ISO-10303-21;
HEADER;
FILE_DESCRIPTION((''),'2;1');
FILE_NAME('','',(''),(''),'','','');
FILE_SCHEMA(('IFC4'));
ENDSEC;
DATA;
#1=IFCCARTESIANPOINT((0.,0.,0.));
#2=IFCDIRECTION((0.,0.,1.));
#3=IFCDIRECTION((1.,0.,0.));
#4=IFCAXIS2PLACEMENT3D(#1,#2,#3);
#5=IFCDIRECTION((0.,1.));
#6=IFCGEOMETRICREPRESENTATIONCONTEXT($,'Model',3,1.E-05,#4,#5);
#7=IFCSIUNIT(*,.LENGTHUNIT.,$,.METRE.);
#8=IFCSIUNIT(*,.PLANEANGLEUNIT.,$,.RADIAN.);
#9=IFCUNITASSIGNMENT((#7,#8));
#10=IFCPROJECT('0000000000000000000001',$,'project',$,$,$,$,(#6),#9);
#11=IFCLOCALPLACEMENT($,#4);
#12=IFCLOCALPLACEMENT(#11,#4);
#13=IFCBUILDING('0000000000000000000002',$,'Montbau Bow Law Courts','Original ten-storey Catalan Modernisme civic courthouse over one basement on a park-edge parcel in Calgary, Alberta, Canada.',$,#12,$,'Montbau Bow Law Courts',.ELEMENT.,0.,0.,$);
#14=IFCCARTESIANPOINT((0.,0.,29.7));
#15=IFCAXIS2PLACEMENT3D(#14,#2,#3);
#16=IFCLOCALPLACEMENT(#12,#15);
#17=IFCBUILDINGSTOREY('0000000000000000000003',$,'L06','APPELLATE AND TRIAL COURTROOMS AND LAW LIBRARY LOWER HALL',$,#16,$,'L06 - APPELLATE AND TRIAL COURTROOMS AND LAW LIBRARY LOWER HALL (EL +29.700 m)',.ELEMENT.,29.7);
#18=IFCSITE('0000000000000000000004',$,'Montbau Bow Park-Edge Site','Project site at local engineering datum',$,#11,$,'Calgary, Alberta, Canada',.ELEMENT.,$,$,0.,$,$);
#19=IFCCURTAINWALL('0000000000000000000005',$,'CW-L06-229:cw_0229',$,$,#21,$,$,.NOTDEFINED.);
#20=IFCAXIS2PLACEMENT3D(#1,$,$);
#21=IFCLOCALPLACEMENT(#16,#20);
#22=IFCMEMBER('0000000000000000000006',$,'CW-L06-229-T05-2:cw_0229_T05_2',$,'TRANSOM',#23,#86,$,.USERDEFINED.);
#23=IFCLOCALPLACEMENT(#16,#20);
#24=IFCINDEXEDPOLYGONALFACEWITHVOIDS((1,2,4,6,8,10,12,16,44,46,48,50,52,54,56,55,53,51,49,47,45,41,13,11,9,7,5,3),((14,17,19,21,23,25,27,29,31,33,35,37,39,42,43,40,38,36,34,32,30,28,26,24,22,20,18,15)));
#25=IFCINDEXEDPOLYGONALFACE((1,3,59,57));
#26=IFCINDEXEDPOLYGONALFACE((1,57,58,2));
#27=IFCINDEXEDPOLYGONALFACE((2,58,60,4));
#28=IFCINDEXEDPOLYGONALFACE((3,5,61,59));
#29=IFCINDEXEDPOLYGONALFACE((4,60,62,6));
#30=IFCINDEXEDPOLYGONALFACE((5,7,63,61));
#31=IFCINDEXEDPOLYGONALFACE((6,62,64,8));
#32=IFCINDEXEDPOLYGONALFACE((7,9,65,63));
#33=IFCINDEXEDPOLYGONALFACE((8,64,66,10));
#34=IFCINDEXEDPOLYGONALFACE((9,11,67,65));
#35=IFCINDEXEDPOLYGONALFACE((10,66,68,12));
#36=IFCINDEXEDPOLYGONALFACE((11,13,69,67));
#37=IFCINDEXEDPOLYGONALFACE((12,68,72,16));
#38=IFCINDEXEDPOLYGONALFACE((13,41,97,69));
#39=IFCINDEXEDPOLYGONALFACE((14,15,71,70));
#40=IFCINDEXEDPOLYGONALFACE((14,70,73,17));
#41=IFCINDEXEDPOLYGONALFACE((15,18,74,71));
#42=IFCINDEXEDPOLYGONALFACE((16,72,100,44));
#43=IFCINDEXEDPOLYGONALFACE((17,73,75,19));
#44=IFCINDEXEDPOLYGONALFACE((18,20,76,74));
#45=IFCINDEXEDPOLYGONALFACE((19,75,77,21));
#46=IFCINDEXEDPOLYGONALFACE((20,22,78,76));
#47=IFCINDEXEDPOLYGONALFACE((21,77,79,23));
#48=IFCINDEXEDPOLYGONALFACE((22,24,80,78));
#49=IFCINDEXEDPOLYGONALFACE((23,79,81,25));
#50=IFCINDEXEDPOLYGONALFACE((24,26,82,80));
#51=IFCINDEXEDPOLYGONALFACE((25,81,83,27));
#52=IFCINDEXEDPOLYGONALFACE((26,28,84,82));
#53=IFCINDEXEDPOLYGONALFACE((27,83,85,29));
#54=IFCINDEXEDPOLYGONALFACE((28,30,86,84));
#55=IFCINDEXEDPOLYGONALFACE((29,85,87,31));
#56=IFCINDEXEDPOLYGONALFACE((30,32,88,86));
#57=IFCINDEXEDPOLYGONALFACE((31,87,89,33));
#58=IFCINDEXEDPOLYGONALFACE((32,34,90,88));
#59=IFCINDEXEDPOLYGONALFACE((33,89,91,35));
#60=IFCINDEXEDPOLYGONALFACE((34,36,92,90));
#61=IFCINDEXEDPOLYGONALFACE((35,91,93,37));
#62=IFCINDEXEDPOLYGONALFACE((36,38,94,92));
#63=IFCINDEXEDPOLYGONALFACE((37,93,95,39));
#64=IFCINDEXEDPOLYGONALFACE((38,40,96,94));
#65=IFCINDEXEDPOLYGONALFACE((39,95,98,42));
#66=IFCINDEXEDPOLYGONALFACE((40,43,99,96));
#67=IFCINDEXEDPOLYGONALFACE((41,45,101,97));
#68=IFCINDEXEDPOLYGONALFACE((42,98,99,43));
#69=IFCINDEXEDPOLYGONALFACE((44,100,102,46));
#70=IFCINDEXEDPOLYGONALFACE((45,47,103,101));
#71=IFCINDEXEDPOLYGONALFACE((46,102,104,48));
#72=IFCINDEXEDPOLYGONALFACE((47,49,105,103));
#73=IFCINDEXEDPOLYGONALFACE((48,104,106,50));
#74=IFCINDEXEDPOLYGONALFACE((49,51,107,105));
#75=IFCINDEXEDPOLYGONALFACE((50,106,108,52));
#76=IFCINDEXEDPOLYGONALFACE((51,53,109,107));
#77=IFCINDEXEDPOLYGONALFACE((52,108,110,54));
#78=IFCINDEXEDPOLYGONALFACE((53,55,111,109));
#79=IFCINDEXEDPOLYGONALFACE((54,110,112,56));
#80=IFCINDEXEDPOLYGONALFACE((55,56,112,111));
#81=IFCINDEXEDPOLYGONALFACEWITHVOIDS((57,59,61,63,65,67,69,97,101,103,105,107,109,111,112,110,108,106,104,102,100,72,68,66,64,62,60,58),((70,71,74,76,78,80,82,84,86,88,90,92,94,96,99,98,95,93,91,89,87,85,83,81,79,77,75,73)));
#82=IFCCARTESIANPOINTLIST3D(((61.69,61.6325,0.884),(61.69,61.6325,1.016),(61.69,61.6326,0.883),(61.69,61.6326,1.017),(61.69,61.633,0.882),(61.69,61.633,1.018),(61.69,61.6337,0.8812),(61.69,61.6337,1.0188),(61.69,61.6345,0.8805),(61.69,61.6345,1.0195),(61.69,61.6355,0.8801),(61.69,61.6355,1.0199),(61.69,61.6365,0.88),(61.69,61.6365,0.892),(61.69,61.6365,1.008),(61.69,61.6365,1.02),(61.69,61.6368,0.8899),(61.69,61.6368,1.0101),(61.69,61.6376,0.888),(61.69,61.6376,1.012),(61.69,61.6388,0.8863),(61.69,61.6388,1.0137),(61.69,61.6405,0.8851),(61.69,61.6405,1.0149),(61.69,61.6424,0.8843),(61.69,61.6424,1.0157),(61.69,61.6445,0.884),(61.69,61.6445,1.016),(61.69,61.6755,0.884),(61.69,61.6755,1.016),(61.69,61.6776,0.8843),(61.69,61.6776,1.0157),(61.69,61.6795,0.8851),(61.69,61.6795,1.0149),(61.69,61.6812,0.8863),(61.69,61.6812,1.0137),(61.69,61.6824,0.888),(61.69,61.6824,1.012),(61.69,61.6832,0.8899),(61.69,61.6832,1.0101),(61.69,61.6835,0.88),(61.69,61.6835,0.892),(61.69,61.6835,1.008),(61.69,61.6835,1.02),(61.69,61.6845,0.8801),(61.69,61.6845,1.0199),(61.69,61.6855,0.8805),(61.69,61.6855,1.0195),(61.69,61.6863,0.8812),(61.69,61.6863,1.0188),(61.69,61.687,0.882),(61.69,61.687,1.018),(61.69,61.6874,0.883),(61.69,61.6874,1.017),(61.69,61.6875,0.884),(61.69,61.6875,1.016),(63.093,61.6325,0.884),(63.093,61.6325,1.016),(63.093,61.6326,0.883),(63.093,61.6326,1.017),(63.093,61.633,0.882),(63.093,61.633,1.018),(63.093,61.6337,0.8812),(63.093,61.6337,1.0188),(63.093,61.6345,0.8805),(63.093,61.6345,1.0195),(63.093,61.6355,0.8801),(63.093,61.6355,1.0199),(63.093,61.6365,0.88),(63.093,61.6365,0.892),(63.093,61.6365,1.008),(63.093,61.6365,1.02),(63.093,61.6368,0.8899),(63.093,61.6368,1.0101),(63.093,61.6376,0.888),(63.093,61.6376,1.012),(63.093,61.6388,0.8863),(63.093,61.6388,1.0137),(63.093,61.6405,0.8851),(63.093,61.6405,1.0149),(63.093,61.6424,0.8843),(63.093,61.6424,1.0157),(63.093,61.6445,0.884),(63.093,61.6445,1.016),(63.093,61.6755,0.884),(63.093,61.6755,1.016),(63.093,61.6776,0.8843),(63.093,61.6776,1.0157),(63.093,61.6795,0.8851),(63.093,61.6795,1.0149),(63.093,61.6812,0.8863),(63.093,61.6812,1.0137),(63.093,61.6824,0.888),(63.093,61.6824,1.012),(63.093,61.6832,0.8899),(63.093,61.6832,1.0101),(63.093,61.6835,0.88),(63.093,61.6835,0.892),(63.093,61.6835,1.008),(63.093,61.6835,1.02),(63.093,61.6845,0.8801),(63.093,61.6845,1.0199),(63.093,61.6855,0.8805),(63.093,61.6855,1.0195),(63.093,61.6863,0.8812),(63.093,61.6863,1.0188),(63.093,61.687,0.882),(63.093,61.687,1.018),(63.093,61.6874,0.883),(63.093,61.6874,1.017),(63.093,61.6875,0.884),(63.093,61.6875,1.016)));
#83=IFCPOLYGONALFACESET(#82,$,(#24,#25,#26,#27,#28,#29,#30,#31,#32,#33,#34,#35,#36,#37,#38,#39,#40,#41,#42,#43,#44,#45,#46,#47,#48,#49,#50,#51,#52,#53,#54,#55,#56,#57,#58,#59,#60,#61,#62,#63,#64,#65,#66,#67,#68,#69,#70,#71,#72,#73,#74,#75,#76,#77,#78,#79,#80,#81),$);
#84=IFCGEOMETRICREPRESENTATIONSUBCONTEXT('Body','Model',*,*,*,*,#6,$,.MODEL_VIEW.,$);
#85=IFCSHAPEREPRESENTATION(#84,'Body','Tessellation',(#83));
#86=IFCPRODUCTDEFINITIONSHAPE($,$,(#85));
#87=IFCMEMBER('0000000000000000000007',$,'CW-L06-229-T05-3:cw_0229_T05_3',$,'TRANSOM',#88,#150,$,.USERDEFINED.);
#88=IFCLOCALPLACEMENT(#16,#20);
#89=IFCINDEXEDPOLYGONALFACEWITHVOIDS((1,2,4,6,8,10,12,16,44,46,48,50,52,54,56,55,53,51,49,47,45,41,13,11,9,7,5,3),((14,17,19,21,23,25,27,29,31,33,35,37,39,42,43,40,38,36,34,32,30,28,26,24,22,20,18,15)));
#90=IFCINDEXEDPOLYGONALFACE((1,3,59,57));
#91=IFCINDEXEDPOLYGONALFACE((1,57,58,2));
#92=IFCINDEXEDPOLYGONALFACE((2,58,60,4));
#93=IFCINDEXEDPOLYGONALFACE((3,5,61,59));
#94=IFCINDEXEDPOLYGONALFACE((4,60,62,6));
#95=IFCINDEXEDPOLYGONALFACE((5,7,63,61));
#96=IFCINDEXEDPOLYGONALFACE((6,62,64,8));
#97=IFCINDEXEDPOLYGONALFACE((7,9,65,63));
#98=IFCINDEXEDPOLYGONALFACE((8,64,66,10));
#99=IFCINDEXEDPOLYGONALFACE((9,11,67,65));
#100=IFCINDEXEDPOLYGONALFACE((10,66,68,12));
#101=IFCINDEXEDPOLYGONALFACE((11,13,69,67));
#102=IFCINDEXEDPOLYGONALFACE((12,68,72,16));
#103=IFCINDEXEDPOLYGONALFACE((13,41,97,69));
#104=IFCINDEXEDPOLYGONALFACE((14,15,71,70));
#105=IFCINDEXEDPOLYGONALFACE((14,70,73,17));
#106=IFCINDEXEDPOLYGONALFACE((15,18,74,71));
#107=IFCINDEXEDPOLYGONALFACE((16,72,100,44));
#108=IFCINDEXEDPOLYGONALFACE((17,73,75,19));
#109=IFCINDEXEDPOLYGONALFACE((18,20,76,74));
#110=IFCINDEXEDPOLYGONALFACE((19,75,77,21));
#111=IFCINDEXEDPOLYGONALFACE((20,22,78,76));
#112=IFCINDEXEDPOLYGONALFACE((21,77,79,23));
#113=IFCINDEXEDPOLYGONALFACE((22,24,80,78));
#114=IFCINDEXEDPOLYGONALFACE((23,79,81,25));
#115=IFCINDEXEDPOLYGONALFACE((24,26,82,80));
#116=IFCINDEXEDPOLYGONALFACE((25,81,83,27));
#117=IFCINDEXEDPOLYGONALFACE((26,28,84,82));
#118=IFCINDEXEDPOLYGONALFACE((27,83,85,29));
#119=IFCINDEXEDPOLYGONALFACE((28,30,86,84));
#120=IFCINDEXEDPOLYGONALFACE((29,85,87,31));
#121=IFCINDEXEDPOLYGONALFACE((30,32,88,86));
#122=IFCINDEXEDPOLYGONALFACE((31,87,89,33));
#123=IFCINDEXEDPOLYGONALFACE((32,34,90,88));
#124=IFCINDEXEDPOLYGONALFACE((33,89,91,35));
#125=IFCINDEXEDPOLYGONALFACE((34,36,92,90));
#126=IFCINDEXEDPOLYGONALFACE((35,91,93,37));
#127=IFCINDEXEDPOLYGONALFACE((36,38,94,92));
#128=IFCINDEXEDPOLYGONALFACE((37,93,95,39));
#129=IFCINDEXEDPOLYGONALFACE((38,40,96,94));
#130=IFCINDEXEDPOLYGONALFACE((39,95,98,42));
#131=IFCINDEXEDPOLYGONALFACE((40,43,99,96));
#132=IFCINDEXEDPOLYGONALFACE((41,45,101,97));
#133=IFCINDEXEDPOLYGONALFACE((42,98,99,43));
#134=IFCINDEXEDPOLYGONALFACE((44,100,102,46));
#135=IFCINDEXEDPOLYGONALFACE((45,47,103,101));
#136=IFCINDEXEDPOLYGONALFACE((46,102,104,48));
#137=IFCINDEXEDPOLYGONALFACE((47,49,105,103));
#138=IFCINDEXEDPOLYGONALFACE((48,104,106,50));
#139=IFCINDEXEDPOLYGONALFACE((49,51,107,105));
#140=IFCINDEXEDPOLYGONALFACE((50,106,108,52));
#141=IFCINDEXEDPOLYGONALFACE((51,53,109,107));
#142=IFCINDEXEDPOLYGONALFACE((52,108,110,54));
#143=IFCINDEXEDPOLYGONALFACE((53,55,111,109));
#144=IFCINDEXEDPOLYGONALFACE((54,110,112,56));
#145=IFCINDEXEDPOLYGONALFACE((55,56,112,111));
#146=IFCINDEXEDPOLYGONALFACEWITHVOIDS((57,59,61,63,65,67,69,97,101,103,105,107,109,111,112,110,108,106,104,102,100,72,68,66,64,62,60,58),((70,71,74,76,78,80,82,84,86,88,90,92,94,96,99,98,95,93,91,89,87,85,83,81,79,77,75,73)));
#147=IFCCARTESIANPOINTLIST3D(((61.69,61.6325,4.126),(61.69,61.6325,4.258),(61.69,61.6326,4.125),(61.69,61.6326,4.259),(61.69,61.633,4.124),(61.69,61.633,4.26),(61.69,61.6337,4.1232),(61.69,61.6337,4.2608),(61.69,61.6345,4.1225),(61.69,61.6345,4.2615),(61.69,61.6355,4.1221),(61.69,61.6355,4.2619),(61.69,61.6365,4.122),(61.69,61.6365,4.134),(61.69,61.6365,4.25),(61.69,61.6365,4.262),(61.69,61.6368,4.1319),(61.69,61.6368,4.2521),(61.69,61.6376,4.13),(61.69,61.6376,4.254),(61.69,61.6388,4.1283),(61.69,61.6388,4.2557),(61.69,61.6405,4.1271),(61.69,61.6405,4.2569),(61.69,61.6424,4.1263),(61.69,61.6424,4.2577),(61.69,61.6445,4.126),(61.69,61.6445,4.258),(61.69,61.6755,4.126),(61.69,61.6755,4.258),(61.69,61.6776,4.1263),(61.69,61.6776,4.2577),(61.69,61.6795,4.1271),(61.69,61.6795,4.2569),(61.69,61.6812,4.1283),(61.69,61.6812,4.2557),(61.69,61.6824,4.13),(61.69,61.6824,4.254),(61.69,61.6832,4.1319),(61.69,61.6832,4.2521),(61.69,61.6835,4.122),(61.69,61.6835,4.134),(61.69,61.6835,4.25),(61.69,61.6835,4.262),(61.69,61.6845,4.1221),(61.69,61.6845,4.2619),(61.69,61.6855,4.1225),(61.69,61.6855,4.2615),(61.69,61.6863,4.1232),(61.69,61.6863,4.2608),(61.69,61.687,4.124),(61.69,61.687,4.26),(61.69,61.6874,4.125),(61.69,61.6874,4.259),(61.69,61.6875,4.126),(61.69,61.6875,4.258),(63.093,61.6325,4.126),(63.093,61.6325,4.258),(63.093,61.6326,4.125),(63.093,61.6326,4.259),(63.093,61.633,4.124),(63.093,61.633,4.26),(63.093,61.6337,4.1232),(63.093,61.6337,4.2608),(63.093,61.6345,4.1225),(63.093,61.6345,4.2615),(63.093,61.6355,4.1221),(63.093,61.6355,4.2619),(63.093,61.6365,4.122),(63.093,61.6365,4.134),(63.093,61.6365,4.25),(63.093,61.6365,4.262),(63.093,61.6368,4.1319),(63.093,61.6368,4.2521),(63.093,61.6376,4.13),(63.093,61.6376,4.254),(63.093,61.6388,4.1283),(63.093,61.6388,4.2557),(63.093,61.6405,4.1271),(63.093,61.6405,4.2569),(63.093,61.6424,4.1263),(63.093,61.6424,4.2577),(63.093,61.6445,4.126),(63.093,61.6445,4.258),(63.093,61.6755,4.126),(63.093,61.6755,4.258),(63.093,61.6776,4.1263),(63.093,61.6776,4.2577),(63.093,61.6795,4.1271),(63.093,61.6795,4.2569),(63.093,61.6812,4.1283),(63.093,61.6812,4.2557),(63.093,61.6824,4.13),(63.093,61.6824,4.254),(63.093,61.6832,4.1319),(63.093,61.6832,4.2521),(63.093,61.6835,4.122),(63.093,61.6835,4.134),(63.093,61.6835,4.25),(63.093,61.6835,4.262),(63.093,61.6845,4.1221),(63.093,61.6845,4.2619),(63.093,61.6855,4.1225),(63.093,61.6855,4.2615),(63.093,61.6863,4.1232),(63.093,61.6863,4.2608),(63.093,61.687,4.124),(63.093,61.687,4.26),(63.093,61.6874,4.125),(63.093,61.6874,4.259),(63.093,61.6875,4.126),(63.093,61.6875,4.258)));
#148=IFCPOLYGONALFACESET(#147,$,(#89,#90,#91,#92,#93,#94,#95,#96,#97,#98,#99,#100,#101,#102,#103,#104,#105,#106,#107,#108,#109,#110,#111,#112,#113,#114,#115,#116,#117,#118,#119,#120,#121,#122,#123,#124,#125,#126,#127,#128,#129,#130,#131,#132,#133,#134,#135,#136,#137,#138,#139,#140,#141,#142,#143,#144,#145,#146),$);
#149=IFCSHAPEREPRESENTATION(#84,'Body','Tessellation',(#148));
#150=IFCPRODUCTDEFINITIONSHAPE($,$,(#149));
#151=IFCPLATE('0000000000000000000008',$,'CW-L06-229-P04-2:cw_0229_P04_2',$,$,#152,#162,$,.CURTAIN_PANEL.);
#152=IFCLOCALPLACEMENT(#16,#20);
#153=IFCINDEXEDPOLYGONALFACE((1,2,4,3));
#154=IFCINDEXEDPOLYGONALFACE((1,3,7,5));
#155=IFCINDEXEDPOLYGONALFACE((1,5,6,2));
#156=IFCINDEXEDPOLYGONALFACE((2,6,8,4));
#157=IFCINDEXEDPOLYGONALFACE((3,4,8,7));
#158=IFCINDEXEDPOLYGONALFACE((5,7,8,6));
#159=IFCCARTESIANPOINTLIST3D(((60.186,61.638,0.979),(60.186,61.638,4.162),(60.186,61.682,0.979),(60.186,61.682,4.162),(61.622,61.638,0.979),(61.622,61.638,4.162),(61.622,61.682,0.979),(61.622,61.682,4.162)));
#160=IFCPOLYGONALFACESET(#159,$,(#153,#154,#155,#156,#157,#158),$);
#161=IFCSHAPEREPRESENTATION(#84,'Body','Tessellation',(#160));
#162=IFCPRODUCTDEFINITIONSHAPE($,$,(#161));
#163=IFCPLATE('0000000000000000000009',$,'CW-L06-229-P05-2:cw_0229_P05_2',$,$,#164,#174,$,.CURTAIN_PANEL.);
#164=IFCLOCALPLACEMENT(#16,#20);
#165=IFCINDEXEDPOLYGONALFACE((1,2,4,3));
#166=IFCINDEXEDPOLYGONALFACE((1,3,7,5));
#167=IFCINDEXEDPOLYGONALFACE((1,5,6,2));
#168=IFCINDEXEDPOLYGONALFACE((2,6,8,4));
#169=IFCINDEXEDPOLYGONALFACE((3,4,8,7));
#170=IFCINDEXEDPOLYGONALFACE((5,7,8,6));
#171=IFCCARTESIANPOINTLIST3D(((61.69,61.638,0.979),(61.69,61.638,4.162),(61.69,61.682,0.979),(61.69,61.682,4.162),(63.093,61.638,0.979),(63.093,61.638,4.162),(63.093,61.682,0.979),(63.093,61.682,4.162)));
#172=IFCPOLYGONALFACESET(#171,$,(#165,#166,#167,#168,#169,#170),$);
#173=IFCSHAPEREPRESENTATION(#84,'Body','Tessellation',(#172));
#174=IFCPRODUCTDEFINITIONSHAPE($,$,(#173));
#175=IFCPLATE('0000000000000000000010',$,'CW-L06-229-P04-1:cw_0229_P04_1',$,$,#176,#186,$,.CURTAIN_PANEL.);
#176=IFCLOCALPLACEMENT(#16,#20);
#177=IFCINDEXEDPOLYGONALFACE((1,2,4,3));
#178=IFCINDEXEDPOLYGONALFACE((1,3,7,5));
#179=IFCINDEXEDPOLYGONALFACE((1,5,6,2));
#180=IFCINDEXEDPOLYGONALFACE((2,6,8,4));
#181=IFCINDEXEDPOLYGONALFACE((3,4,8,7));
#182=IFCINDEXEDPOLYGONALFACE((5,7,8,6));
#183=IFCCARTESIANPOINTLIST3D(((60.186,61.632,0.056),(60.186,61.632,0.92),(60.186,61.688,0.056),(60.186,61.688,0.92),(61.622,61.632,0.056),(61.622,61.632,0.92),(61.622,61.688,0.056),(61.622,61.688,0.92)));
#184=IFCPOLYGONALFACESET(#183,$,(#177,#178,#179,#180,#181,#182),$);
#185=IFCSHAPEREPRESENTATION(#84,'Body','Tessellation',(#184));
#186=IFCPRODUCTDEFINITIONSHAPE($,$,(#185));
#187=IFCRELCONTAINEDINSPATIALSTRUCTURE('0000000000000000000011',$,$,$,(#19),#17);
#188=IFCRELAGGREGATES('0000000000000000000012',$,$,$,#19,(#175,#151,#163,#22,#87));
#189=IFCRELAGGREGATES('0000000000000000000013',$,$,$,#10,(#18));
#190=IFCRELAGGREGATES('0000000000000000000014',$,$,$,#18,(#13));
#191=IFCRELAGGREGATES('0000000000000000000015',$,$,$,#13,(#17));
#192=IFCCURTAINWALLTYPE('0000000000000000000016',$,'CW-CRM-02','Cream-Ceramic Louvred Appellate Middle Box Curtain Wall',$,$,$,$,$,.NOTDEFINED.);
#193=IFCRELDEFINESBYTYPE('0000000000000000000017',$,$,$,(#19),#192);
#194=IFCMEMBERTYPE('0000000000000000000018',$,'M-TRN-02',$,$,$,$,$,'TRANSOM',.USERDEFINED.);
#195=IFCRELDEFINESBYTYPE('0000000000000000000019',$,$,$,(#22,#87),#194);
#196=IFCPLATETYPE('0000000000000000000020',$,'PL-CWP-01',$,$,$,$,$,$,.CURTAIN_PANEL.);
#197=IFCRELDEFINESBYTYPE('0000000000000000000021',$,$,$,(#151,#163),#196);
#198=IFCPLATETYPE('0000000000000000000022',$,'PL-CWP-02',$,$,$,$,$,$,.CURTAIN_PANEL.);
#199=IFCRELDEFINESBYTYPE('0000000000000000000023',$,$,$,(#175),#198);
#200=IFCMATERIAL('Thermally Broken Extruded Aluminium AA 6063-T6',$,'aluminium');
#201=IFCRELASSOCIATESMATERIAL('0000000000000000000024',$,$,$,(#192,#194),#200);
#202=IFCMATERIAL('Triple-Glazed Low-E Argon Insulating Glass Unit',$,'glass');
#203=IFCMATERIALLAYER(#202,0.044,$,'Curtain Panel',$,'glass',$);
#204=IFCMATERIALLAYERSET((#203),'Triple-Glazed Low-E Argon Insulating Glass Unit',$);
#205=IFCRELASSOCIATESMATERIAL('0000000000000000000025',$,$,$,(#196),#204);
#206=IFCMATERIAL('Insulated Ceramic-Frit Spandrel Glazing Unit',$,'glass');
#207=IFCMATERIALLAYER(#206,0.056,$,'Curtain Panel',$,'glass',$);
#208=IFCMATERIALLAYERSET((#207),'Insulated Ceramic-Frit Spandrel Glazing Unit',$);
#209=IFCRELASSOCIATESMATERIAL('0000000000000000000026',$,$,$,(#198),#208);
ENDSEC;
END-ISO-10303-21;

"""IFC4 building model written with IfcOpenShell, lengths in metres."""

from ifc_helpers import new_model, si_unit, direction, frame, frame_2d, origin_with_axes, origin_2d_with_axis, place, context, subcontext, project, spatial, rectangle, hollow_rectangle, extrude, material, layer, layer_set, material_profile, profile_set, type_object, element, aggregate, save


model = new_model("IFC4")

# Units and contexts
model_context = context("Model", 3, precision=1e-05, world=origin_with_axes(), true_north=direction((0.0, 1.0)))
body_context = subcontext(model_context, "Body", "Model", "MODEL_VIEW")
ifc_project = project(units=[si_unit("LENGTHUNIT", "METRE"), si_unit("PLANEANGLEUNIT", "RADIAN")], contexts=[model_context])

# Site, building, storey
site_placement = place(None, origin_with_axes())
site = spatial("IfcSite", under=ifc_project, at=site_placement, Name="Montbau Bow Park-Edge Site", Description="Project site at local engineering datum", LongName="Calgary, Alberta, Canada", CompositionType="ELEMENT", RefElevation=0.0)
building_placement = place(site_placement, origin_with_axes())
building = spatial("IfcBuilding", under=site, at=building_placement, Name="Montbau Bow Law Courts", Description="Original ten-storey Catalan Modernisme civic courthouse over one basement on a park-edge parcel in Calgary, Alberta, Canada.", LongName="Montbau Bow Law Courts", CompositionType="ELEMENT", ElevationOfRefHeight=0.0, ElevationOfTerrain=0.0)
storey_placement = place(building_placement, frame((0.0, 0.0, 29.7), z_axis=(0.0, 0.0, 1.0), x_axis=(1.0, 0.0, 0.0)))
storey = spatial("IfcBuildingStorey", under=building, at=storey_placement, Name="L06", Description="APPELLATE AND TRIAL COURTROOMS AND LAW LIBRARY LOWER HALL", LongName="L06 - APPELLATE AND TRIAL COURTROOMS AND LAW LIBRARY LOWER HALL (EL +29.700 m)", CompositionType="ELEMENT", Elevation=29.7)

# Curtain wall, members, plates
ifc_material_1 = material(Name="Thermally Broken Extruded Aluminium AA 6063-T6", Category="aluminium")
curtain_wall_type = type_object("IfcCurtainWallType", Name="CW-CRM-02", Description="Cream-Ceramic Louvred Appellate Middle Box Curtain Wall", PredefinedType="NOTDEFINED", material=ifc_material_1)
curtain_wall_placement = place(None, frame((55.64, 61.66, 29.7), z_axis=(0.0, 0.0, 1.0), x_axis=(1.0, 0.0, 0.0)))
curtain_wall = element("IfcCurtainWall", 1, at=curtain_wall_placement, inside=storey, type_object=curtain_wall_type, Name="CW-L06-229:cw_0229", PredefinedType="NOTDEFINED")
ifc_material_profile_1 = material_profile(ifc_material_1, hollow_rectangle(XDim=0.055, YDim=0.14, WallThickness=0.004, InnerFilletRadius=0.008, OuterFilletRadius=0.004, at=origin_2d_with_axis()), Name="CWT-140X55", Category="Main", Priority=0)
ifc_profile_set_1 = profile_set([ifc_material_profile_1], Name="Thermally Broken Extruded Aluminium AA 6063-T6")
member_type_1 = type_object("IfcMemberType", Name="M-TRN-02", ElementType="TRANSOM", PredefinedType="USERDEFINED", material=ifc_profile_set_1)
member_1_placement = place(None, frame((61.69, 61.66, 30.65), z_axis=(1.0, 0.0, 0.0), x_axis=(0.0, 1.0, 0.0)))
member_1 = element("IfcMember", 2, at=member_1_placement, type_object=member_type_1, Name="CW-L06-229-T05-2:cw_0229_T05_2", ObjectType="TRANSOM", PredefinedType="USERDEFINED", context=body_context, shape_type="SweptSolid", body=[
    extrude(hollow_rectangle(XDim=0.055, YDim=0.14, WallThickness=0.004, InnerFilletRadius=0.008, OuterFilletRadius=0.004, at=origin_2d_with_axis()), origin_with_axes(), (0.0, 0.0, 1.0), 1.403),
])
member_2_placement = place(None, frame((61.69, 61.66, 33.892), z_axis=(1.0, 0.0, 0.0), x_axis=(0.0, 1.0, 0.0)))
member_2 = element("IfcMember", 3, at=member_2_placement, type_object=member_type_1, Name="CW-L06-229-T05-3:cw_0229_T05_3", ObjectType="TRANSOM", PredefinedType="USERDEFINED", context=body_context, shape_type="SweptSolid", body=[
    extrude(hollow_rectangle(XDim=0.055, YDim=0.14, WallThickness=0.004, InnerFilletRadius=0.008, OuterFilletRadius=0.004, at=origin_2d_with_axis()), origin_with_axes(), (0.0, 0.0, 1.0), 1.403),
])
ifc_material_2 = material(Name="Triple-Glazed Low-E Argon Insulating Glass Unit", Category="glass")
ifc_layer_1 = layer(ifc_material_2, 0.044, Name="Curtain Panel", Category="glass")
ifc_layer_set_1 = layer_set([ifc_layer_1], Name="Triple-Glazed Low-E Argon Insulating Glass Unit")
plate_type_1 = type_object("IfcPlateType", Name="PL-CWP-01", PredefinedType="CURTAIN_PANEL", material=ifc_layer_set_1)
plate_1_placement = place(None, frame((60.186, 61.66, 30.679), z_axis=(0.0, -1.0, 0.0), x_axis=(1.0, 0.0, 0.0)))
plate_1 = element("IfcPlate", 4, at=plate_1_placement, type_object=plate_type_1, Name="CW-L06-229-P04-2:cw_0229_P04_2", PredefinedType="CURTAIN_PANEL", context=body_context, shape_type="SweptSolid", body=[
    extrude(rectangle(XDim=1.436, YDim=3.183, at=frame_2d((0.718, 1.5915), x_axis=(1.0, 0.0))), frame((0.0, 0.0, -0.022), z_axis=(0.0, 0.0, 1.0), x_axis=(1.0, 0.0, 0.0)), (0.0, 0.0, 1.0), 0.044),
])
plate_2_placement = place(None, frame((61.69, 61.66, 30.679), z_axis=(0.0, -1.0, 0.0), x_axis=(1.0, 0.0, 0.0)))
plate_2 = element("IfcPlate", 5, at=plate_2_placement, type_object=plate_type_1, Name="CW-L06-229-P05-2:cw_0229_P05_2", PredefinedType="CURTAIN_PANEL", context=body_context, shape_type="SweptSolid", body=[
    extrude(rectangle(XDim=1.403, YDim=3.183, at=frame_2d((0.7015, 1.5915), x_axis=(1.0, 0.0))), frame((0.0, 0.0, -0.022), z_axis=(0.0, 0.0, 1.0), x_axis=(1.0, 0.0, 0.0)), (0.0, 0.0, 1.0), 0.044),
])
ifc_material_3 = material(Name="Insulated Ceramic-Frit Spandrel Glazing Unit", Category="glass")
ifc_layer_2 = layer(ifc_material_3, 0.056, Name="Curtain Panel", Category="glass")
ifc_layer_set_2 = layer_set([ifc_layer_2], Name="Insulated Ceramic-Frit Spandrel Glazing Unit")
plate_type_2 = type_object("IfcPlateType", Name="PL-CWP-02", PredefinedType="CURTAIN_PANEL", material=ifc_layer_set_2)
plate_3_placement = place(None, frame((60.186, 61.66, 29.756), z_axis=(0.0, -1.0, 0.0), x_axis=(1.0, 0.0, 0.0)))
plate_3 = element("IfcPlate", 6, at=plate_3_placement, type_object=plate_type_2, Name="CW-L06-229-P04-1:cw_0229_P04_1", PredefinedType="CURTAIN_PANEL", context=body_context, shape_type="SweptSolid", body=[
    extrude(rectangle(XDim=1.436, YDim=0.864, at=frame_2d((0.718, 0.432), x_axis=(1.0, 0.0))), frame((0.0, 0.0, -0.028), z_axis=(0.0, 0.0, 1.0), x_axis=(1.0, 0.0, 0.0)), (0.0, 0.0, 1.0), 0.056),
])
aggregate(curtain_wall, [plate_3, plate_1, plate_2, member_1, member_2])

save(model, "model.ifc")
